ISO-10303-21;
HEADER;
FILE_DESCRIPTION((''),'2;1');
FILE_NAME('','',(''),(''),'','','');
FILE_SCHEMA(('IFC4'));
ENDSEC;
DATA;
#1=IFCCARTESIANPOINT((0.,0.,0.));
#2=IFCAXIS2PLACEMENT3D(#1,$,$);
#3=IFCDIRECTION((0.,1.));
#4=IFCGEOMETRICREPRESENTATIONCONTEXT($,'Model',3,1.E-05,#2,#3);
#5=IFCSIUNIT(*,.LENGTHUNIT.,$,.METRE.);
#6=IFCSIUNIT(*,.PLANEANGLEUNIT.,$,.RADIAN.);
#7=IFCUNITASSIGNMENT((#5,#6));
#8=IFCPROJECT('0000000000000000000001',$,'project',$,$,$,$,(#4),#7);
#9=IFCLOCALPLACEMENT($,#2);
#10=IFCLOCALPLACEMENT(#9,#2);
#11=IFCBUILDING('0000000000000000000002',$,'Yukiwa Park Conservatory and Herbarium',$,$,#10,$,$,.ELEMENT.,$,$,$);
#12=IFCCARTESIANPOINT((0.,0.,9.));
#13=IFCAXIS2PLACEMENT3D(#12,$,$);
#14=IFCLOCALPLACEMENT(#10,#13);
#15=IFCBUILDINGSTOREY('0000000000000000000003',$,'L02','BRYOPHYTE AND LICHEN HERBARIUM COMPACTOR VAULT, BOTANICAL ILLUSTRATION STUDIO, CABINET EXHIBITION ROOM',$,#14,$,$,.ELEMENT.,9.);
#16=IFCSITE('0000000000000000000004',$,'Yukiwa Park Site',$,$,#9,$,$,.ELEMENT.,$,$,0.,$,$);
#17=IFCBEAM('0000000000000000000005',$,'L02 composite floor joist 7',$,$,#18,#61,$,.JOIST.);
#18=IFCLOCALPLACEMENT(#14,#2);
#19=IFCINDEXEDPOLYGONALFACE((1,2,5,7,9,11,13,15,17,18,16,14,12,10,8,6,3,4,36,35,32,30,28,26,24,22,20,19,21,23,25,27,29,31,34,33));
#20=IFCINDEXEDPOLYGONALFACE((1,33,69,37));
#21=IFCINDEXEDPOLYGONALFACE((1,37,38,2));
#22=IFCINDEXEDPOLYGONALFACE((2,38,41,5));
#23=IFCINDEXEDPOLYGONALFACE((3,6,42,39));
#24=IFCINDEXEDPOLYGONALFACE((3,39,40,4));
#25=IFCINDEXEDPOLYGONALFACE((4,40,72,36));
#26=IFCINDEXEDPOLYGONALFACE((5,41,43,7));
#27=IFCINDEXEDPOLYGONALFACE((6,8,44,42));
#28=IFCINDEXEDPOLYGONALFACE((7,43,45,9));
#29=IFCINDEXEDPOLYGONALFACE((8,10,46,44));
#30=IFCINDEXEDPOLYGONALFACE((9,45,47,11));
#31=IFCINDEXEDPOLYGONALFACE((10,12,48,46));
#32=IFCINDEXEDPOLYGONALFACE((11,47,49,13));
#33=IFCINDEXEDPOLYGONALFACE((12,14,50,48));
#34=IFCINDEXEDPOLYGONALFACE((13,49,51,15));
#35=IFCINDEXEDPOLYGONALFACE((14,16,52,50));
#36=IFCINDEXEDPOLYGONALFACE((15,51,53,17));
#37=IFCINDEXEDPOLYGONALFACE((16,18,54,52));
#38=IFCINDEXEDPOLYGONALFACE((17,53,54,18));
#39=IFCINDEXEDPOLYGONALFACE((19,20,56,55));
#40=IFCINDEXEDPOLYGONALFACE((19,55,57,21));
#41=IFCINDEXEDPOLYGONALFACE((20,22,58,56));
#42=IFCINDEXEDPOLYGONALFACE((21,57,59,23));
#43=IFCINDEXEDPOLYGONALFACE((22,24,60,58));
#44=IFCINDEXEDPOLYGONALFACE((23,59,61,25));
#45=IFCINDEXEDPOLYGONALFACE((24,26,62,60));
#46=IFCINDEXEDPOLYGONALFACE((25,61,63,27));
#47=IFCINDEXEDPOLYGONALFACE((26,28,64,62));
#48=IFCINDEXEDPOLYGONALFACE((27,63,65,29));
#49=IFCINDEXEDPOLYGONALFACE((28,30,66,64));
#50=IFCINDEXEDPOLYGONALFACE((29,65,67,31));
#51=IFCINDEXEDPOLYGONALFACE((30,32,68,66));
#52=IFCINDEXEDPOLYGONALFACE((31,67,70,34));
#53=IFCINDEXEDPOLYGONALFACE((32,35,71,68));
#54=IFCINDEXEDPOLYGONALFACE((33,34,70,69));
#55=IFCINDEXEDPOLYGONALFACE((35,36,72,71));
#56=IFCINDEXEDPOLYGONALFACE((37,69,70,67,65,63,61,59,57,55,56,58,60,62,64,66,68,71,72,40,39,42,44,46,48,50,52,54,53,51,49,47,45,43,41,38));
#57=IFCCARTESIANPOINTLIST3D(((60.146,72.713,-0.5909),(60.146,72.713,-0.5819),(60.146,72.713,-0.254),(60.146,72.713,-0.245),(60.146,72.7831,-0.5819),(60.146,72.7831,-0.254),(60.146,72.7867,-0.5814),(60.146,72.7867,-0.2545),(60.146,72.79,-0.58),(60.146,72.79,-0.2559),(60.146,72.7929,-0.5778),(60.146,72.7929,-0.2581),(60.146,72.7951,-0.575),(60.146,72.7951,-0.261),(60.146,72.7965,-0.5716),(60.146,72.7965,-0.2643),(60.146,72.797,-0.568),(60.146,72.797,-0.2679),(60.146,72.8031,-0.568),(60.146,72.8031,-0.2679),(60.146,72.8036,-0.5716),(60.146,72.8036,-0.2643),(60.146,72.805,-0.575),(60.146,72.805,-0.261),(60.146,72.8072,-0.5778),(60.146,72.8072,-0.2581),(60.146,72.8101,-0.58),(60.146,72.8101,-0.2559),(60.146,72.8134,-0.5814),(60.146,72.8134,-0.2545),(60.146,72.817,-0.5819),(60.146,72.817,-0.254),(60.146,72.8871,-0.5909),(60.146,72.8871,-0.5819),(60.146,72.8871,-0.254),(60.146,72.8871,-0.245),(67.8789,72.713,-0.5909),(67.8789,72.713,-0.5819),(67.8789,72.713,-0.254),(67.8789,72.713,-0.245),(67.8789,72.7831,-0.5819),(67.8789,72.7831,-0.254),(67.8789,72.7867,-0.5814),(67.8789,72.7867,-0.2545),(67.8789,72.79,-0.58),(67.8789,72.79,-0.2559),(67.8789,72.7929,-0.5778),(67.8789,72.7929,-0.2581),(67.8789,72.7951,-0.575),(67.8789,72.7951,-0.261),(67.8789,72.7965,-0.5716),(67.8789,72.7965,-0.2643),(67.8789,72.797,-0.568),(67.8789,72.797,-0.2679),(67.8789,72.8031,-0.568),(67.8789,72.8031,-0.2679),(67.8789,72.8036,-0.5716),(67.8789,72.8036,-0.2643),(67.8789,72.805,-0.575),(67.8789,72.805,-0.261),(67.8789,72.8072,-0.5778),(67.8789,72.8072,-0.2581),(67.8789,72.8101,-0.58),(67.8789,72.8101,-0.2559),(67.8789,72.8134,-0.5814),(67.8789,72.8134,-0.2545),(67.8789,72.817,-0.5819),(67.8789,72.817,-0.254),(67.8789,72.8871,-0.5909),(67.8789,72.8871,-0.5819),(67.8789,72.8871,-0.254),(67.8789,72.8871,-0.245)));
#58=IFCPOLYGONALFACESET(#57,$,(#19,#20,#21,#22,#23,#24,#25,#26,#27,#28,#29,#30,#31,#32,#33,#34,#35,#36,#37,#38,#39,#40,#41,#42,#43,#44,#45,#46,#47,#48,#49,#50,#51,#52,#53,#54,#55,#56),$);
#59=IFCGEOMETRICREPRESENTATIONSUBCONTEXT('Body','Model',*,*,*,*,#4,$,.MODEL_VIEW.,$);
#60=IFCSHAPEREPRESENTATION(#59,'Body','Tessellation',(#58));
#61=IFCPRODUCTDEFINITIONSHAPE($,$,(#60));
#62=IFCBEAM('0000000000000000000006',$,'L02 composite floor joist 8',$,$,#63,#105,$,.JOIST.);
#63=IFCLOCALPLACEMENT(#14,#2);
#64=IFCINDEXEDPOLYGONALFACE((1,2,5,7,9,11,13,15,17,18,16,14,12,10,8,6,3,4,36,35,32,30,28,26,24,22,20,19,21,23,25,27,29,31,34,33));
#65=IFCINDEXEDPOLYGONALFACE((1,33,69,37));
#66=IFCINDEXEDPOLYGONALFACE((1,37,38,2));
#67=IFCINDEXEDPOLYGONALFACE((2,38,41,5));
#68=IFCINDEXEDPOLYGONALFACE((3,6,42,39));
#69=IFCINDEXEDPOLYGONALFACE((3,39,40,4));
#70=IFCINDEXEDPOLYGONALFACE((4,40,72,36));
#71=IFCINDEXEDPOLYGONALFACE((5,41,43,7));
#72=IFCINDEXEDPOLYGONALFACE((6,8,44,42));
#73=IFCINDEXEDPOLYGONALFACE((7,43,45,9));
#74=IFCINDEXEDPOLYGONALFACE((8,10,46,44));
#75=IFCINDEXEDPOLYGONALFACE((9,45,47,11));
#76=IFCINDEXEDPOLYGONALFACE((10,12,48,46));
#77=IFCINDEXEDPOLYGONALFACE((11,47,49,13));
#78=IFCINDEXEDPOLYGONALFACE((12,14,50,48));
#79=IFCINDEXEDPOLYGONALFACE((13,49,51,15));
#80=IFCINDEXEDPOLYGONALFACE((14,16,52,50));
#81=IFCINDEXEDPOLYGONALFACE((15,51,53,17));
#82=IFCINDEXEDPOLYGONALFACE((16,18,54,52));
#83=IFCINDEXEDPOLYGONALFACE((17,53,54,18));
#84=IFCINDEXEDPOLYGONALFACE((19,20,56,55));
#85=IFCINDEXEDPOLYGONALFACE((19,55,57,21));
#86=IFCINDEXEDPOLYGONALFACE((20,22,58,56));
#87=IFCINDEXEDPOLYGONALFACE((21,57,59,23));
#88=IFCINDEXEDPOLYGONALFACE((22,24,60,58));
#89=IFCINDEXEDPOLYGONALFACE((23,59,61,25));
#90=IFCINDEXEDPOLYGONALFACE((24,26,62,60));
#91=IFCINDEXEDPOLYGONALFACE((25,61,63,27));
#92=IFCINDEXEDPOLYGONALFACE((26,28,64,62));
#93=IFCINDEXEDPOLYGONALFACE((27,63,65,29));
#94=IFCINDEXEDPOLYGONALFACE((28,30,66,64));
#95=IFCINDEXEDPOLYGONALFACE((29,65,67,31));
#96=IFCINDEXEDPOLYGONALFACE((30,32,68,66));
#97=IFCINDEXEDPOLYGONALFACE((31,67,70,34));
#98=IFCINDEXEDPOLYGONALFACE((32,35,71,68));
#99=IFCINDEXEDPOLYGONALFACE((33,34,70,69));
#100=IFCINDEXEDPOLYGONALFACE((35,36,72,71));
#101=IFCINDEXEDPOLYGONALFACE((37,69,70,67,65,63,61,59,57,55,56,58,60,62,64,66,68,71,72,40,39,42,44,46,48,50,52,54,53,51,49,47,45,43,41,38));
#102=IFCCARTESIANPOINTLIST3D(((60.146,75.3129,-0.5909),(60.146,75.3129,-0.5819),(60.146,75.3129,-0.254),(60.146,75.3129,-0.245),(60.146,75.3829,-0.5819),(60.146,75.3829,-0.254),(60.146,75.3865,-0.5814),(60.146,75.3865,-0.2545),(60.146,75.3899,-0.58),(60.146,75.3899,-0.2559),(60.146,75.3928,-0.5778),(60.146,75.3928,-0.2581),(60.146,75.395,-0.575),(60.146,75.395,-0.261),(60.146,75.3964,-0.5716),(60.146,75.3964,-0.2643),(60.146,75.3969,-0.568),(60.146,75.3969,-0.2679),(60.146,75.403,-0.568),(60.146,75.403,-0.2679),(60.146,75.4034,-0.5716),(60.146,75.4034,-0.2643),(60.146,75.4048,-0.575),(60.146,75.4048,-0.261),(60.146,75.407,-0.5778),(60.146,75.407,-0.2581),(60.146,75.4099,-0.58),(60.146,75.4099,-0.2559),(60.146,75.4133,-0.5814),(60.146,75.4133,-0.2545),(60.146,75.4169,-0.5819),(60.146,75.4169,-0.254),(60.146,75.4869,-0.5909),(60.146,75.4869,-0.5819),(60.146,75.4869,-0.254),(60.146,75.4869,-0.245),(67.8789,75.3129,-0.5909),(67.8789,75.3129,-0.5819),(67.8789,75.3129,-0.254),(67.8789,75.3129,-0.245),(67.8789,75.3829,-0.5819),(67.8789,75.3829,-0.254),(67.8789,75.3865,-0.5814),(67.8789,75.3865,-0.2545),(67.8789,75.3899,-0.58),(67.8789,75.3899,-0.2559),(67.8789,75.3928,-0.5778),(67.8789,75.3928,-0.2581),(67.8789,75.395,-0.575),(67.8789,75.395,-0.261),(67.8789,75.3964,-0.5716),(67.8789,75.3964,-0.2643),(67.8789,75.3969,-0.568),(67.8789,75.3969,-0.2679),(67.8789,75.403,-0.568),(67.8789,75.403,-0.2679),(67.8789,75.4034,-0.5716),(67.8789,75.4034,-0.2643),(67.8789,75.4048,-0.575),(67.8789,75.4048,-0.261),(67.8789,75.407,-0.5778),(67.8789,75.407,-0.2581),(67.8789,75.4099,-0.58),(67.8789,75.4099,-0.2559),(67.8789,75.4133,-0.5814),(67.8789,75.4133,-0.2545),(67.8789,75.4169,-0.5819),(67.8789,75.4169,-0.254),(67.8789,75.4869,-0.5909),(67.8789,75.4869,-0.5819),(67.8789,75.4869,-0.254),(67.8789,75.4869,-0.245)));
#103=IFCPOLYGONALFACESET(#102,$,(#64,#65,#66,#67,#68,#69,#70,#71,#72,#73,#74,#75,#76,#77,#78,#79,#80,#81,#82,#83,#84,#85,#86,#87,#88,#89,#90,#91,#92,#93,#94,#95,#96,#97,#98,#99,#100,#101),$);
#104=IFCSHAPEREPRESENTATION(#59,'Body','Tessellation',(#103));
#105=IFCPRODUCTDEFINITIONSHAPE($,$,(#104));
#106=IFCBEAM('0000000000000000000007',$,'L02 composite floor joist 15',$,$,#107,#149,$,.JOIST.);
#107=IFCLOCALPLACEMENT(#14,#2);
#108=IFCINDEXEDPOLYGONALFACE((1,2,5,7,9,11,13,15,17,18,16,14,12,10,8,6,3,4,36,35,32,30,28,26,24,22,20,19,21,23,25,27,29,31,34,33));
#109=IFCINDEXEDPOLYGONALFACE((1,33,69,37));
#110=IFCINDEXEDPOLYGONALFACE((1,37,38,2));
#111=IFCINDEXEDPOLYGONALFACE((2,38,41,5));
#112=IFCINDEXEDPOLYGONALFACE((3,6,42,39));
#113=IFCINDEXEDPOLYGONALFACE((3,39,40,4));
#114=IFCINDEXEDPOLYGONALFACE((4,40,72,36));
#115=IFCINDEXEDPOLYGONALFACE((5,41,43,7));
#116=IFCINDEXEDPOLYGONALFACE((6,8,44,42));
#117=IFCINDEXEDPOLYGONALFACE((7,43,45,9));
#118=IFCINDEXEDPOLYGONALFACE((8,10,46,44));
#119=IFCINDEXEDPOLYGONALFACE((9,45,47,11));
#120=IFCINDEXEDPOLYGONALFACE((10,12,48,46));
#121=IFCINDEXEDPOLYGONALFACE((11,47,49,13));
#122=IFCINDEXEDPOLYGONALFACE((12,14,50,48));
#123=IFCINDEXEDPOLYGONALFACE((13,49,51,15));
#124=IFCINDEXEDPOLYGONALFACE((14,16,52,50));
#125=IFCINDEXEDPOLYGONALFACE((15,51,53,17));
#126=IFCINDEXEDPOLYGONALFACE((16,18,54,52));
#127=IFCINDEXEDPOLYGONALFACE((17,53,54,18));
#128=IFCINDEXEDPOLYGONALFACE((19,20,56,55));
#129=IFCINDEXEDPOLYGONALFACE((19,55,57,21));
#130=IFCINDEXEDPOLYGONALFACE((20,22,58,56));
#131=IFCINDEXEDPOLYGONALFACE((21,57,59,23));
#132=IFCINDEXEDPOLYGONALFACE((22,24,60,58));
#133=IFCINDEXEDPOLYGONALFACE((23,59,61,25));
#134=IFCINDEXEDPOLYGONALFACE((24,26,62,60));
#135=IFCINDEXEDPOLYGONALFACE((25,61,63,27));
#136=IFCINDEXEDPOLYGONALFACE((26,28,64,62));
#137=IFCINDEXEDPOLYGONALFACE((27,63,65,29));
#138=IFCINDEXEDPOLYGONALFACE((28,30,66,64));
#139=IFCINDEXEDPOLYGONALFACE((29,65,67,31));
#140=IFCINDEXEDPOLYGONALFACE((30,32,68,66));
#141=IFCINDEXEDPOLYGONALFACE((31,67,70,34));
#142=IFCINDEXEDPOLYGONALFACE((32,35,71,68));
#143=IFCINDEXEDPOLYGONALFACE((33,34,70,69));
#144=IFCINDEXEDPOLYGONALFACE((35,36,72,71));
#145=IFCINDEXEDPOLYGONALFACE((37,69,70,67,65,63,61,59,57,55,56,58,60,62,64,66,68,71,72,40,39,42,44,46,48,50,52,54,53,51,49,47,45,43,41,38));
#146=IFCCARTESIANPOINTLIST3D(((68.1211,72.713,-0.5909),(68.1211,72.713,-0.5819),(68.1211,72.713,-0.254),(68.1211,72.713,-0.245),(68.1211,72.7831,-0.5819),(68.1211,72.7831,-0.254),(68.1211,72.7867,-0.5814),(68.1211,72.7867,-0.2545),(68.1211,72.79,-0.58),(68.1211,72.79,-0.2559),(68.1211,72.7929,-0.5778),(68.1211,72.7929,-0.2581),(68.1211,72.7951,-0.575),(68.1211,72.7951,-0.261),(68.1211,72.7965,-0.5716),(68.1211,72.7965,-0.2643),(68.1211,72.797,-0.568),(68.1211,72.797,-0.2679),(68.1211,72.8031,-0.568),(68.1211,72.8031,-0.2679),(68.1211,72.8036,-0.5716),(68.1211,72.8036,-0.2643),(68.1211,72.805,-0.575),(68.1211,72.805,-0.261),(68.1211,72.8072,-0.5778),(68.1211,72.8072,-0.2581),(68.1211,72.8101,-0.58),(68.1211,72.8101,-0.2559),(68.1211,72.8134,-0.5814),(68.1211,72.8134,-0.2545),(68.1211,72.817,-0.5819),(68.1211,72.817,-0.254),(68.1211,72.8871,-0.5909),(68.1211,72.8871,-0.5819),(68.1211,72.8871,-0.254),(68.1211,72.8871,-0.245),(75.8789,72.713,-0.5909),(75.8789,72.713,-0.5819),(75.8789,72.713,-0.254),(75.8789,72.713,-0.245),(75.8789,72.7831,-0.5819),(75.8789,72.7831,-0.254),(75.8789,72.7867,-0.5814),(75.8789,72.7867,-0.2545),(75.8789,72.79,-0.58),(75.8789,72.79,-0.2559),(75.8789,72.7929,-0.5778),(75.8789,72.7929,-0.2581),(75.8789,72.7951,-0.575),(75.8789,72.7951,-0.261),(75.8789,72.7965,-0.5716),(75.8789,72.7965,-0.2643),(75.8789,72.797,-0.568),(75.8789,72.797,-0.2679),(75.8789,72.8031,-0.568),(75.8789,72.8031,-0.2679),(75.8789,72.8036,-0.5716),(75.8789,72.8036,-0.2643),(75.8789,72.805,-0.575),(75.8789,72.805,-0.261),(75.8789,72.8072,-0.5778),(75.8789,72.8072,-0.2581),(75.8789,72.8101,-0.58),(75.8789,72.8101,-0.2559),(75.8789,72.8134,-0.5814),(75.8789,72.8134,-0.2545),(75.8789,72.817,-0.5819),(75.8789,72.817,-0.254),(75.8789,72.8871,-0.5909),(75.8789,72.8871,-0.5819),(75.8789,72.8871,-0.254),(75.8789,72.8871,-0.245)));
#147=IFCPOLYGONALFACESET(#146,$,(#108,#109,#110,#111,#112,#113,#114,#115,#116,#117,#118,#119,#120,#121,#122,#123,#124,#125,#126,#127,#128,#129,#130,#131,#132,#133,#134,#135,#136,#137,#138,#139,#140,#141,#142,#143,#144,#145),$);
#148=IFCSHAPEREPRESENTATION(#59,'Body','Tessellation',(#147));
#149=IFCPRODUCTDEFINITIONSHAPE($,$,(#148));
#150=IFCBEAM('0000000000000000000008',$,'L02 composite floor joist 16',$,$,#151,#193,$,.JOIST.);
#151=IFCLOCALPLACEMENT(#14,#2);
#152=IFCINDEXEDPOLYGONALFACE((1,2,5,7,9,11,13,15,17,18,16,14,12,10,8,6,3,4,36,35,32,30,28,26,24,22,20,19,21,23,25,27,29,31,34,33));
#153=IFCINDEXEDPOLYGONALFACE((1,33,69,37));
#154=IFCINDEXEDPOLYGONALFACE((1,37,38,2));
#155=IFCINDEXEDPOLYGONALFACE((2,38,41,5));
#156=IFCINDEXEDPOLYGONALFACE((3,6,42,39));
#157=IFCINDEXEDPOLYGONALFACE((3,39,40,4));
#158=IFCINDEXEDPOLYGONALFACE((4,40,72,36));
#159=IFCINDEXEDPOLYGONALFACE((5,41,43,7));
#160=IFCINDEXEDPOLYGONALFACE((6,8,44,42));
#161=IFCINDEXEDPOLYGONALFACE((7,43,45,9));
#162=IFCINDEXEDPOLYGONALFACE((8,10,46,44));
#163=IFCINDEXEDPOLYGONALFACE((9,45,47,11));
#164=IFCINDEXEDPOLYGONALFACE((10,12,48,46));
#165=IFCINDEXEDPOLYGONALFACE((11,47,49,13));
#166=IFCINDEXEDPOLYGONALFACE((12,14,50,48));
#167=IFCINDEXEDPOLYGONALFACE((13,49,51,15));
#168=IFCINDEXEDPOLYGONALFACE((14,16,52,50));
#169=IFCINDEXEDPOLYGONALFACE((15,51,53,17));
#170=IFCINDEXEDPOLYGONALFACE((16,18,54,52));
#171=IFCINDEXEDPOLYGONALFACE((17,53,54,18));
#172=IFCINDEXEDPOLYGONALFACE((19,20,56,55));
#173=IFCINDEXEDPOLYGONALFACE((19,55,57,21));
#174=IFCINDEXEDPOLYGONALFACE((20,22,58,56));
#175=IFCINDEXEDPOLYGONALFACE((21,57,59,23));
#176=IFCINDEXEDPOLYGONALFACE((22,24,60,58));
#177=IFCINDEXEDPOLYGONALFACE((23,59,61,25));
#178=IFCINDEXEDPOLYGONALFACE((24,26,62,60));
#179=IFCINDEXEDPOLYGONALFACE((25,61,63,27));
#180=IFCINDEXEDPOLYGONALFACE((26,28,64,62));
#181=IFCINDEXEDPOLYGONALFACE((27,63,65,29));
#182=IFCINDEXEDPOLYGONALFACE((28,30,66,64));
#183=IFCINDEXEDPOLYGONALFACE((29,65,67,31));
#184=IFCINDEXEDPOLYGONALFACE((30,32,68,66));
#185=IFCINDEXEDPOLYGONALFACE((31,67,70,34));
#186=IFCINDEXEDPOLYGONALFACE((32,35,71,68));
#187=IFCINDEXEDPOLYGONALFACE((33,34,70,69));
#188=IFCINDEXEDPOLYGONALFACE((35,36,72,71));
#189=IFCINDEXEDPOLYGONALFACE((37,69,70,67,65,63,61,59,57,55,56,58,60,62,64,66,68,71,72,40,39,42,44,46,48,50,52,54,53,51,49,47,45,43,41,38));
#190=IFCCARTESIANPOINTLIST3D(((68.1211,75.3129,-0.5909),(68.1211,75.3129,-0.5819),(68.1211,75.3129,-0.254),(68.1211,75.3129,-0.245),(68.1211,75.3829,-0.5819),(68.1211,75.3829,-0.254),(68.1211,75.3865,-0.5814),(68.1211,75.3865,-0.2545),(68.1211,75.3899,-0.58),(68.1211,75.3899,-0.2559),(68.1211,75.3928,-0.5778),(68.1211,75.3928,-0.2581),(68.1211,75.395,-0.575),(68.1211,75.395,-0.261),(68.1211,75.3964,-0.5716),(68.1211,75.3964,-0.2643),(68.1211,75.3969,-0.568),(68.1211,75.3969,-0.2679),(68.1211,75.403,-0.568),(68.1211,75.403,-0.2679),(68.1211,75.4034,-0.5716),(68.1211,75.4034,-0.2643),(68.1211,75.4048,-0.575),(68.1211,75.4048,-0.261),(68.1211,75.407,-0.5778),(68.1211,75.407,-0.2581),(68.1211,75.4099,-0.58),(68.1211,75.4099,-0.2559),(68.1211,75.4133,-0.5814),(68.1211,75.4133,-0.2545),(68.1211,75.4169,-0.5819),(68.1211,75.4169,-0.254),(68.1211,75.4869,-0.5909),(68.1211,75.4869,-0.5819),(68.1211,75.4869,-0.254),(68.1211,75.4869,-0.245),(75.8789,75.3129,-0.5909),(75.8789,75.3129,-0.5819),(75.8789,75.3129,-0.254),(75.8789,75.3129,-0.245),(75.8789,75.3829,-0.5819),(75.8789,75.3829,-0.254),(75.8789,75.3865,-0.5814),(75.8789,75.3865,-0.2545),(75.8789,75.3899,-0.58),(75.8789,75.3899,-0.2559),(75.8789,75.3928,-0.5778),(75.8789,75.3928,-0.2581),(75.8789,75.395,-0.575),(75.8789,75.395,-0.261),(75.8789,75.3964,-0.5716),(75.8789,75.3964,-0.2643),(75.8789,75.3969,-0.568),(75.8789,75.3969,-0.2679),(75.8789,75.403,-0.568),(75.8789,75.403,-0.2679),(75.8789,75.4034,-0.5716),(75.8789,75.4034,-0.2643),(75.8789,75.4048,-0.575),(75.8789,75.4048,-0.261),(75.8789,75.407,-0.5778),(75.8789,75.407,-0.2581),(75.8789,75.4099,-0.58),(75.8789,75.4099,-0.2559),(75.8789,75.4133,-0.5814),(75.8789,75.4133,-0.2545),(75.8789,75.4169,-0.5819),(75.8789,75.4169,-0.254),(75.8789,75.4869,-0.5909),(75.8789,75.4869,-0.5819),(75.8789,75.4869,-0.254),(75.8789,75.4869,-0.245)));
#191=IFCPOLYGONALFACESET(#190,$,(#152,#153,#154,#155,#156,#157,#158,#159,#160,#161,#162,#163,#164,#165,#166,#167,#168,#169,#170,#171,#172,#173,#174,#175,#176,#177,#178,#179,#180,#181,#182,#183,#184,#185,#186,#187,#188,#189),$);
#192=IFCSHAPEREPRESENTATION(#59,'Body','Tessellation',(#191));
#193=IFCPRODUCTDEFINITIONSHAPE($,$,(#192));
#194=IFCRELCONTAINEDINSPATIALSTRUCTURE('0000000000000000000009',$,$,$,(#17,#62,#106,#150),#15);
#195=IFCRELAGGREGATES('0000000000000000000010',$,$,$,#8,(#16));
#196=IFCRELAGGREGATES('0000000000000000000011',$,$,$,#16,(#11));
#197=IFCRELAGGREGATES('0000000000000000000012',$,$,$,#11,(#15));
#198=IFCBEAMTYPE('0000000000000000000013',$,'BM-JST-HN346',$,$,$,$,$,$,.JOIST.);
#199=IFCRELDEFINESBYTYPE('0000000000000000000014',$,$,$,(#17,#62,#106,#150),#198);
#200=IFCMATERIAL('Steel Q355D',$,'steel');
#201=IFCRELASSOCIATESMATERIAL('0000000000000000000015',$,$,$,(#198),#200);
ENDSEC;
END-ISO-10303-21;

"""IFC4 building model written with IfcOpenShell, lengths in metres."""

from ifc_helpers import new_model, si_unit, direction, frame, origin, origin_2d, place, context, subcontext, project, spatial, i_section, extrude, material, material_profile, profile_set, type_object, element, save


model = new_model("IFC4")

# Units and contexts
model_context = context("Model", 3, precision=1e-05, world=origin(), true_north=direction((0.0, 1.0)))
body_context = subcontext(model_context, "Body", "Model", "MODEL_VIEW")
ifc_project = project(units=[si_unit("LENGTHUNIT", "METRE"), si_unit("PLANEANGLEUNIT", "RADIAN")], contexts=[model_context])

# Site, building, storey
site_placement = place(None, origin())
site = spatial("IfcSite", under=ifc_project, at=site_placement, Name="Yukiwa Park Site", CompositionType="ELEMENT", RefElevation=0.0)
building_placement = place(site_placement, origin())
building = spatial("IfcBuilding", under=site, at=building_placement, Name="Yukiwa Park Conservatory and Herbarium", CompositionType="ELEMENT")
storey_placement = place(building_placement, frame((0.0, 0.0, 9.0)))
storey = spatial("IfcBuildingStorey", under=building, at=storey_placement, Name="L02", Description="BRYOPHYTE AND LICHEN HERBARIUM COMPACTOR VAULT, BOTANICAL ILLUSTRATION STUDIO, CABINET EXHIBITION ROOM", CompositionType="ELEMENT", Elevation=9.0)

# Beams
ifc_material_1 = material(Name="Steel Q355D", Category="steel")
ifc_material_profile_1 = material_profile(ifc_material_1, i_section(OverallWidth=0.1741, OverallDepth=0.3459, WebThickness=0.0061, FlangeThickness=0.009, FilletRadius=0.0139, at=origin_2d()), Name="HN 346x174x6x9")
ifc_profile_set_1 = profile_set([ifc_material_profile_1], Name="Steel Q355D")
beam_type_1 = type_object("IfcBeamType", Name="BM-JST-HN346", PredefinedType="JOIST", material=ifc_profile_set_1)
for number, where, z_axis, x_axis, name in (
    (1, (60.146, 72.8, -0.418), (1.0, 0.0, 0.0), (0.0, 1.0, 0.0), "L02 composite floor joist 7"),
    (2, (60.146, 75.3999, -0.418), (1.0, 0.0, 0.0), (0.0, 1.0, 0.0), "L02 composite floor joist 8"),
):
    element("IfcBeam", number, at=place(storey_placement, frame(where, z_axis=z_axis, x_axis=x_axis)), inside=storey, type_object=beam_type_1, Name=name, PredefinedType="JOIST", context=body_context, shape_type="SweptSolid", body=[
        extrude(i_section(OverallWidth=0.1741, OverallDepth=0.3459, WebThickness=0.0061, FlangeThickness=0.009, FilletRadius=0.0139, at=origin_2d()), origin(), (0.0, 0.0, 1.0), 7.7329),
    ])
for number, where, z_axis, x_axis, name in (
    (3, (68.1211, 72.8, -0.418), (1.0, 0.0, 0.0), (0.0, 1.0, 0.0), "L02 composite floor joist 15"),
    (4, (68.1211, 75.3999, -0.418), (1.0, 0.0, 0.0), (0.0, 1.0, 0.0), "L02 composite floor joist 16"),
):
    element("IfcBeam", number, at=place(storey_placement, frame(where, z_axis=z_axis, x_axis=x_axis)), inside=storey, type_object=beam_type_1, Name=name, PredefinedType="JOIST", context=body_context, shape_type="SweptSolid", body=[
        extrude(i_section(OverallWidth=0.1741, OverallDepth=0.3459, WebThickness=0.0061, FlangeThickness=0.009, FilletRadius=0.0139, at=origin_2d()), origin(), (0.0, 0.0, 1.0), 7.7578),
    ])

save(model, "model.ifc")
